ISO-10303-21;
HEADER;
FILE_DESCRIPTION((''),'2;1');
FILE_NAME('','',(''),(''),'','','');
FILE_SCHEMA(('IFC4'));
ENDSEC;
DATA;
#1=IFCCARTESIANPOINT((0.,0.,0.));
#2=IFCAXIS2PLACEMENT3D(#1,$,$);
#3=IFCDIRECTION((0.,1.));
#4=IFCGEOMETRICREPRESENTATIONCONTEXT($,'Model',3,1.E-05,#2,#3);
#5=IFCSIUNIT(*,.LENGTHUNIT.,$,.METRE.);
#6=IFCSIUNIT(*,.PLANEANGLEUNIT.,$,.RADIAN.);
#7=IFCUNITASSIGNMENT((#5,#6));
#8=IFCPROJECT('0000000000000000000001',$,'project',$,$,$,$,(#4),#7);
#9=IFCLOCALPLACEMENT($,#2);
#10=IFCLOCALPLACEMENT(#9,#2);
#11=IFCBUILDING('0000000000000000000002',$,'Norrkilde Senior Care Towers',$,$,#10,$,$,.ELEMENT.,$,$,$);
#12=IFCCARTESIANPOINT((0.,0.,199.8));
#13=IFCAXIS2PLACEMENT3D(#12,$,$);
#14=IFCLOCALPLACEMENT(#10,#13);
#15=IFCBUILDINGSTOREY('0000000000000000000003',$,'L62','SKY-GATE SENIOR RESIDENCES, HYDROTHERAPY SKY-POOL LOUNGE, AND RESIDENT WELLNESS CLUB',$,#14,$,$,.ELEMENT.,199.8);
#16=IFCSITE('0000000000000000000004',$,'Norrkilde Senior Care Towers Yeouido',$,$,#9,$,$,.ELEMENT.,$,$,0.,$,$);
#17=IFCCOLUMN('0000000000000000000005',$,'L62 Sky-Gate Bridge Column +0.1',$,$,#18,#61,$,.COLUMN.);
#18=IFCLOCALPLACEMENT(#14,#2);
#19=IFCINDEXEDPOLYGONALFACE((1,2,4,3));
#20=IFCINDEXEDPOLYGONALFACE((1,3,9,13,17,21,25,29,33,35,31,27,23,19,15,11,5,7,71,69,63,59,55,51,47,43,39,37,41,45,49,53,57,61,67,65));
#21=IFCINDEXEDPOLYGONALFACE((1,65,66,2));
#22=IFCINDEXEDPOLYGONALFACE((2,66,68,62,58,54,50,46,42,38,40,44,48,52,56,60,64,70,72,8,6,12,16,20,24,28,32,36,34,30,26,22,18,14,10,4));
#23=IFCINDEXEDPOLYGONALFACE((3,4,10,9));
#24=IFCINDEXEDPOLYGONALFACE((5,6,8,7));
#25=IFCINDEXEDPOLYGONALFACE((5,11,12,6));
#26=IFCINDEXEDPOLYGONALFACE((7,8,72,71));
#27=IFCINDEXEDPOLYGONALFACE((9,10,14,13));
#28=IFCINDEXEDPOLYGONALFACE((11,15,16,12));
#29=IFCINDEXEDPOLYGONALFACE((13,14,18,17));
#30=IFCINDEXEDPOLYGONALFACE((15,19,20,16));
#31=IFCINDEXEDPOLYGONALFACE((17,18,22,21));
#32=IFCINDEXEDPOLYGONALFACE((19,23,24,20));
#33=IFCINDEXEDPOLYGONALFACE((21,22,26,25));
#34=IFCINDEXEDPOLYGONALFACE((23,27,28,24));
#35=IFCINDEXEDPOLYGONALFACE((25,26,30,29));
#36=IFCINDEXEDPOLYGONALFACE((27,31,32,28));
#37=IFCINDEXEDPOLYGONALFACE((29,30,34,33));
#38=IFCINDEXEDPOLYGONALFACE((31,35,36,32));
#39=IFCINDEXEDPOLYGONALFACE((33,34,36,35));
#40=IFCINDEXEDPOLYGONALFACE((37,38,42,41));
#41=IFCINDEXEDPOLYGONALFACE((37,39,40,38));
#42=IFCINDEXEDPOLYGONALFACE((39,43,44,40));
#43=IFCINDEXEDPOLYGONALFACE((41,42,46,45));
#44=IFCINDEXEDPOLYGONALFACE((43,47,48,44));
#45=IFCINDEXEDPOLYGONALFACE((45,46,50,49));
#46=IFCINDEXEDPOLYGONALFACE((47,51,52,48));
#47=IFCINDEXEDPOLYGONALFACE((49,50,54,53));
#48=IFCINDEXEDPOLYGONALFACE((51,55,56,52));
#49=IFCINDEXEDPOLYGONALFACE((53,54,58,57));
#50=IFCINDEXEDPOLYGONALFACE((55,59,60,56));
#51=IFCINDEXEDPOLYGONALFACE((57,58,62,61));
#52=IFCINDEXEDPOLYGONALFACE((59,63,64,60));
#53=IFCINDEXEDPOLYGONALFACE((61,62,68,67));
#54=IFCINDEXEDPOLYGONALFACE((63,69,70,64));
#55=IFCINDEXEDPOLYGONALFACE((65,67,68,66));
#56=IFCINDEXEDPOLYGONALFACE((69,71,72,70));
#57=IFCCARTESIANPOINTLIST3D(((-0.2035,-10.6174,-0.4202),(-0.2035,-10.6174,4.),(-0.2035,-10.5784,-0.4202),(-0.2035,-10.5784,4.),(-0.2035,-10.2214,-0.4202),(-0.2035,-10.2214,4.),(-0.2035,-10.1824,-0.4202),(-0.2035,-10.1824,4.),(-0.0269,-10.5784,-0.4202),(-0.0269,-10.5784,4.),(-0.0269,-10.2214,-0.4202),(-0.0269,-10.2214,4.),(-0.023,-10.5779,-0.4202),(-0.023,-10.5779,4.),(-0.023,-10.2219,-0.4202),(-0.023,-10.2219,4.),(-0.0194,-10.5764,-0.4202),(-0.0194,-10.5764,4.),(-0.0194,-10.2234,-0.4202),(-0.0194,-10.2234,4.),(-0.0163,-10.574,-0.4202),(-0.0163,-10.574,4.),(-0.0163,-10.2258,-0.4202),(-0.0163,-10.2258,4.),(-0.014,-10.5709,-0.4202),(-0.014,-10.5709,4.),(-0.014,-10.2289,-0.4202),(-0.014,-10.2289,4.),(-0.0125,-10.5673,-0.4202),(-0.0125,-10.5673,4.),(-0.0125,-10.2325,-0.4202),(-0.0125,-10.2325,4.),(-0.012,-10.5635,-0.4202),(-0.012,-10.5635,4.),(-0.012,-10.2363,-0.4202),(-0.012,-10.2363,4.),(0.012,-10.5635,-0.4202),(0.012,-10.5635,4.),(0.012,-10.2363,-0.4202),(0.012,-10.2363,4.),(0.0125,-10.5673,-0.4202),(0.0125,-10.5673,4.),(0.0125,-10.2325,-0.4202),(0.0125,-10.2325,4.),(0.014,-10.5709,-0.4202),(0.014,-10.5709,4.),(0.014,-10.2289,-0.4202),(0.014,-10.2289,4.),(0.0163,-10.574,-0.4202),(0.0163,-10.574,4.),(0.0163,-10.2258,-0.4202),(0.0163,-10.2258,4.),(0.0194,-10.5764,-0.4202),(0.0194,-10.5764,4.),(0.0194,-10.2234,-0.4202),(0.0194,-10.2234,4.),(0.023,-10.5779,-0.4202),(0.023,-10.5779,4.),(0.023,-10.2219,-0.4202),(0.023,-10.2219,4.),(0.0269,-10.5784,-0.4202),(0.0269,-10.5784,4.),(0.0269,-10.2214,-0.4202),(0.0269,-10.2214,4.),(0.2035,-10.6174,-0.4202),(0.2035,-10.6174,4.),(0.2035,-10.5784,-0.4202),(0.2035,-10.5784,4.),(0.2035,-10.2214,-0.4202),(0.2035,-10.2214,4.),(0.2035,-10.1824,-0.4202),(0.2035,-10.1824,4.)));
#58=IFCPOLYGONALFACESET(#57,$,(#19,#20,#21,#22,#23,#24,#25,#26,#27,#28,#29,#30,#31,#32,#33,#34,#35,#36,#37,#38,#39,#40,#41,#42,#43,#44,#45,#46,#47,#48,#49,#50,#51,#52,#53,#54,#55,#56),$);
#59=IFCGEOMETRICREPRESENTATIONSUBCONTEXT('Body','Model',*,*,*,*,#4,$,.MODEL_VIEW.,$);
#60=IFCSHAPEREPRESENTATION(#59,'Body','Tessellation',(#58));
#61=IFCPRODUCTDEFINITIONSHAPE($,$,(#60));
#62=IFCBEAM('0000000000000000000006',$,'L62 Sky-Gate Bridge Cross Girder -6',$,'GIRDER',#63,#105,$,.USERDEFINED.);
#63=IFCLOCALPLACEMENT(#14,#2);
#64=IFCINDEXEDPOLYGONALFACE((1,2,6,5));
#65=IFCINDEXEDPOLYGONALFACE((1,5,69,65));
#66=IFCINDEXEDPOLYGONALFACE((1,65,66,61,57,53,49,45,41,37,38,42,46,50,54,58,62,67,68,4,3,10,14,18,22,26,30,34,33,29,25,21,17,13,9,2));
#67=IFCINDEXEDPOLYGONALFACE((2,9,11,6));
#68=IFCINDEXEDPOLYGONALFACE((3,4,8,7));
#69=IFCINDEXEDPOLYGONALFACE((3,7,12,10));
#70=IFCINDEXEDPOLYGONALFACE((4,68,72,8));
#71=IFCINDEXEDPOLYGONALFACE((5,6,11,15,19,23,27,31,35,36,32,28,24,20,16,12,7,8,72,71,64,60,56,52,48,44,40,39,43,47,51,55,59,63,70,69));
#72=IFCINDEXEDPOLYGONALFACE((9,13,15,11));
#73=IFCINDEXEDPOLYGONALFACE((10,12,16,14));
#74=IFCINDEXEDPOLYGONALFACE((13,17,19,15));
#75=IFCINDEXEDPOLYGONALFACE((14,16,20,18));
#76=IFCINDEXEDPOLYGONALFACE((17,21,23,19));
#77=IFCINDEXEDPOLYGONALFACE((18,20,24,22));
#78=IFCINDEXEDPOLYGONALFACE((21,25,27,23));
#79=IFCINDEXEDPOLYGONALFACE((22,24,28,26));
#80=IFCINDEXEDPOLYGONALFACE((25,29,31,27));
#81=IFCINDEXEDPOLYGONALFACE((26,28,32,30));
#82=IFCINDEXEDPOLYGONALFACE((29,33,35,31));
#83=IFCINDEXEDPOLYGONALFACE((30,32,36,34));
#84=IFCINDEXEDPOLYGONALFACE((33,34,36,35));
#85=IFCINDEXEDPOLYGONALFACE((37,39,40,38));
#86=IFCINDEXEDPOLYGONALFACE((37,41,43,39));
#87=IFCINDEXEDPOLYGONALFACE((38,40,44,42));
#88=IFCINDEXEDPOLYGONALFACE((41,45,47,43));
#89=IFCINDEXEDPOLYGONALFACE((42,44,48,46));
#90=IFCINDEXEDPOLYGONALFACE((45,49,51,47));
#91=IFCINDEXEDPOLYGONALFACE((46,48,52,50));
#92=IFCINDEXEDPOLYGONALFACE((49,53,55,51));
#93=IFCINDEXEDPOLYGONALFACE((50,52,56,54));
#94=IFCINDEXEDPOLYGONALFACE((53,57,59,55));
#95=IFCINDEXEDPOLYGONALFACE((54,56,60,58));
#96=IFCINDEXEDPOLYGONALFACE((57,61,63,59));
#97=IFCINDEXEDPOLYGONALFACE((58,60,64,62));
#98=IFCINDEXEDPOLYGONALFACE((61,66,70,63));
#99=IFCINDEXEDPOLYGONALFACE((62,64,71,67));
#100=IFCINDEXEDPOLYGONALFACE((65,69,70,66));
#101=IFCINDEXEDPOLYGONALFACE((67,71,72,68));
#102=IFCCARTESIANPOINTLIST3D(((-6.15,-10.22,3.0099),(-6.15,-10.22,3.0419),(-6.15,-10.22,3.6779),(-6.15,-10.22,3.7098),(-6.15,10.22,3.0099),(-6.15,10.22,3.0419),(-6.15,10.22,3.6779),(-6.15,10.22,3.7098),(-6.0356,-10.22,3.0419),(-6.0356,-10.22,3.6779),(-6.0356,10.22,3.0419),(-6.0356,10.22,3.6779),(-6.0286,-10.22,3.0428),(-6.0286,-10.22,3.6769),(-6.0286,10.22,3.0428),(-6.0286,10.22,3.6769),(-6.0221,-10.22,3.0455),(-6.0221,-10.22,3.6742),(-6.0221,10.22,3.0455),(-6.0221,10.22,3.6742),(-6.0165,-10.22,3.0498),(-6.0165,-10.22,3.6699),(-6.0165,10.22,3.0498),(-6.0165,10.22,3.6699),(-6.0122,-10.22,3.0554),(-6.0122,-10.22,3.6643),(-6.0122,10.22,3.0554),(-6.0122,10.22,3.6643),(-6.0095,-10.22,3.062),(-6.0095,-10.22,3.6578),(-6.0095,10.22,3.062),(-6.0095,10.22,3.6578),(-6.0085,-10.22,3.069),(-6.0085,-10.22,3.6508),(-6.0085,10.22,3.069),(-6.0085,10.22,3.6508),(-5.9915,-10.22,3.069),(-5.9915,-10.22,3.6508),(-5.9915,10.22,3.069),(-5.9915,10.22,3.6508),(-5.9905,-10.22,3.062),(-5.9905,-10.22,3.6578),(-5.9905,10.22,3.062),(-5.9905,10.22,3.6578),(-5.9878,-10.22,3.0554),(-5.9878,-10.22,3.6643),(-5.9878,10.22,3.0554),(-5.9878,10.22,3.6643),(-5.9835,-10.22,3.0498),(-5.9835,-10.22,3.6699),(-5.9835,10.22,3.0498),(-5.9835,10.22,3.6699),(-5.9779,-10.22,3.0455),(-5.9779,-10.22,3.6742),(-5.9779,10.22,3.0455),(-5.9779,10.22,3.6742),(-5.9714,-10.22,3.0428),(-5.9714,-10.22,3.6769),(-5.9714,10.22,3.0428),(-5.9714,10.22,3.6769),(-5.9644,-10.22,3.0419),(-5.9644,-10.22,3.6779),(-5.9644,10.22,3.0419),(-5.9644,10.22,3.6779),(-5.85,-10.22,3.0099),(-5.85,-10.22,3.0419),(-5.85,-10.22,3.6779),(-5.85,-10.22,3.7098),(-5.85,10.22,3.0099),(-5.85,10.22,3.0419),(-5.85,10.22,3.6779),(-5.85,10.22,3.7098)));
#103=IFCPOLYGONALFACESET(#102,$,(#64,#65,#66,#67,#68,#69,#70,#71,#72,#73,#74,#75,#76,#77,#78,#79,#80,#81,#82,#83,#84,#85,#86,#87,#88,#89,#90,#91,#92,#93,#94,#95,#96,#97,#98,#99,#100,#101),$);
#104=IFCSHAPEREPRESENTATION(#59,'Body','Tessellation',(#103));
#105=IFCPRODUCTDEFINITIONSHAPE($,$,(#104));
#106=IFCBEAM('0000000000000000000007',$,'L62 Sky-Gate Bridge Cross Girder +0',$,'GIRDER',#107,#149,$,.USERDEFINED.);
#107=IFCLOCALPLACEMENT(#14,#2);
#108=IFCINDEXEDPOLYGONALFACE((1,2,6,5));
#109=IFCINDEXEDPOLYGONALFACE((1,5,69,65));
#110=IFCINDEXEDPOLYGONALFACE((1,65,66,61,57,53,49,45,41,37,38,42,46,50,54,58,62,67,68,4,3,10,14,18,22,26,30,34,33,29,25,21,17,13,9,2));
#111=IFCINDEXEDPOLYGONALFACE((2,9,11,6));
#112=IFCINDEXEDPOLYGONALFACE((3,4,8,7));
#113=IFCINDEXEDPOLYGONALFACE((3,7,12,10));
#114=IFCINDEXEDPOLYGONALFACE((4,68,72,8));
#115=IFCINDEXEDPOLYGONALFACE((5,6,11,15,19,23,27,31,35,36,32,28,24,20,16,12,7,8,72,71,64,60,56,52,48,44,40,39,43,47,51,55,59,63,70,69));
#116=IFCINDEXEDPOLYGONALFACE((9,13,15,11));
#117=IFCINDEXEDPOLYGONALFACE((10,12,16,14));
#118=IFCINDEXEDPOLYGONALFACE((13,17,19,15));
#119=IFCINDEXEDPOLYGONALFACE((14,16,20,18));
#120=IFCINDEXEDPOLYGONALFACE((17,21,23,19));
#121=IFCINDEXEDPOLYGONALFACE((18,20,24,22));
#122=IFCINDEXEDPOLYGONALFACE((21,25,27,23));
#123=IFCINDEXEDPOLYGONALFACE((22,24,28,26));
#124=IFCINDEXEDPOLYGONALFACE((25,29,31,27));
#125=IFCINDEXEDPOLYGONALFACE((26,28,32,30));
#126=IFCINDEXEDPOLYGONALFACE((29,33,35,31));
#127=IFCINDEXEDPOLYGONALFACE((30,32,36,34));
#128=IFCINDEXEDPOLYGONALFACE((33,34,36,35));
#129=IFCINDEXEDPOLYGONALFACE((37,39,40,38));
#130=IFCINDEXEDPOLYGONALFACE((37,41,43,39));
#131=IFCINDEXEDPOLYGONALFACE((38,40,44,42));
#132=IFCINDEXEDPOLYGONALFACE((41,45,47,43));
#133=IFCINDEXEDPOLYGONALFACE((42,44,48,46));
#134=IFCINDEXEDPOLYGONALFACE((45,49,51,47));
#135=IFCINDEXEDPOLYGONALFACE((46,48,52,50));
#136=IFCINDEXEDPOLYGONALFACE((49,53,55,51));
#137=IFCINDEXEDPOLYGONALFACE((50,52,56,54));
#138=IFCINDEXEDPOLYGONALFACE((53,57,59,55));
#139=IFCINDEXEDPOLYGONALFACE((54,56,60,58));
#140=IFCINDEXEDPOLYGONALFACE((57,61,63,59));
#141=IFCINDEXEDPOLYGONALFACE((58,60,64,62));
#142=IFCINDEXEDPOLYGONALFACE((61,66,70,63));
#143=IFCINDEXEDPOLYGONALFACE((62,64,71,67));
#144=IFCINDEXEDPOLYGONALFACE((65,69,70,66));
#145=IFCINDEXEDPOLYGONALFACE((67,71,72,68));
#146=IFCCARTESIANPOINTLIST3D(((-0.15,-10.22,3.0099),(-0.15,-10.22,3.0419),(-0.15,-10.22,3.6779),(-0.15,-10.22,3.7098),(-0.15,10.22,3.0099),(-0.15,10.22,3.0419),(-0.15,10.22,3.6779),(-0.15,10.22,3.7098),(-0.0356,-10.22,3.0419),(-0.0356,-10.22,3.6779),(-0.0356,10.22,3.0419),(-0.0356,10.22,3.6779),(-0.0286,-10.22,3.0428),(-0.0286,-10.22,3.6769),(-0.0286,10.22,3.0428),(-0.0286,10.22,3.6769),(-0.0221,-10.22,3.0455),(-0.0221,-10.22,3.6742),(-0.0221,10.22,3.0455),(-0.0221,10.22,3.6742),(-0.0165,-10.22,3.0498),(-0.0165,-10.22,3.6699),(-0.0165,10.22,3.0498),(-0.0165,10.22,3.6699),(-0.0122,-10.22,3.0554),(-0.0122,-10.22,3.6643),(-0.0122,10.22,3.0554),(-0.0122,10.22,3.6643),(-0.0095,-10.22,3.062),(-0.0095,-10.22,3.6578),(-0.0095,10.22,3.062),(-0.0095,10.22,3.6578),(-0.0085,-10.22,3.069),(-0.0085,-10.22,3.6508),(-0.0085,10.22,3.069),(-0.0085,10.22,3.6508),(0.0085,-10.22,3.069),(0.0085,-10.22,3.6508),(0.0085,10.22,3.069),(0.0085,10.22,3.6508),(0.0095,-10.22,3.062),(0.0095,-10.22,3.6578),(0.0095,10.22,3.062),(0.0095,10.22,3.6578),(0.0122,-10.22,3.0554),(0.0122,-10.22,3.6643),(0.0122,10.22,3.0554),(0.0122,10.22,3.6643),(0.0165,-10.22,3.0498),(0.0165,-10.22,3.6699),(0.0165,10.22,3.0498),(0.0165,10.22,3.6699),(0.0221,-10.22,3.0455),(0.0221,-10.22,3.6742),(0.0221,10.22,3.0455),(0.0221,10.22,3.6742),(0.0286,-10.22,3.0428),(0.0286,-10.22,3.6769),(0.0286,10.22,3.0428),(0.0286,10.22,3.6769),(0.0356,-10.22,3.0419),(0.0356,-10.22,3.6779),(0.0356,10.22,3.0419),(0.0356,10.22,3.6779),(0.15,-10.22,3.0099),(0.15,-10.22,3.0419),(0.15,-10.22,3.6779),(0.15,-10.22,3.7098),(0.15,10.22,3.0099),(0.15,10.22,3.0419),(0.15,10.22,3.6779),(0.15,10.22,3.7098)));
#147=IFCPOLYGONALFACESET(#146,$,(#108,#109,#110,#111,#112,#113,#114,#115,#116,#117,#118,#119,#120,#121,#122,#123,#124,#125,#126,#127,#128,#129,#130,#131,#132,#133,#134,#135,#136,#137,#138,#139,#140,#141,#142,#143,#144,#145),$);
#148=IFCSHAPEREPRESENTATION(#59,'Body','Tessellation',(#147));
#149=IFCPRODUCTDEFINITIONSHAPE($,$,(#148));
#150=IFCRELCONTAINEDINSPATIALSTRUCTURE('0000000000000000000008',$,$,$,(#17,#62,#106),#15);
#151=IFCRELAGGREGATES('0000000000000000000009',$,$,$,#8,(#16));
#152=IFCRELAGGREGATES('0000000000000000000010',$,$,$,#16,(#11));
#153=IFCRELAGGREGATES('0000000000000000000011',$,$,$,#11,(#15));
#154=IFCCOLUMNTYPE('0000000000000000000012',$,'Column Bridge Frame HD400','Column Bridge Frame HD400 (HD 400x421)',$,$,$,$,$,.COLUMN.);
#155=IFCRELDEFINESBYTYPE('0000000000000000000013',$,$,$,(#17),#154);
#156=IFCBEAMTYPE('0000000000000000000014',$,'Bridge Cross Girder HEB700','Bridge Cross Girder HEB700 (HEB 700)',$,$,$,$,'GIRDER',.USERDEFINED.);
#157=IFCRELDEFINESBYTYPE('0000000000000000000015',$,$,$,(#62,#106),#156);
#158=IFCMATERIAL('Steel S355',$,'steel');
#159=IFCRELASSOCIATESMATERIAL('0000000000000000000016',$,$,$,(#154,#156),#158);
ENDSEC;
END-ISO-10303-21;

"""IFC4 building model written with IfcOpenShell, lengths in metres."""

from ifc_helpers import new_model, si_unit, direction, frame, origin, origin_2d, place, context, subcontext, project, spatial, i_section, extrude, source, transform, mapped, material, material_profile, profile_set, type_object, type_shapes, element, save


model = new_model("IFC4")

# Units and contexts
model_context = context("Model", 3, precision=1e-05, world=origin(), true_north=direction((0.0, 1.0)))
body_context = subcontext(model_context, "Body", "Model", "MODEL_VIEW")
ifc_project = project(units=[si_unit("LENGTHUNIT", "METRE"), si_unit("PLANEANGLEUNIT", "RADIAN")], contexts=[model_context])

# Site, building, storey
site_placement = place(None, origin())
site = spatial("IfcSite", under=ifc_project, at=site_placement, Name="Norrkilde Senior Care Towers Yeouido", CompositionType="ELEMENT", RefElevation=0.0)
building_placement = place(site_placement, origin())
building = spatial("IfcBuilding", under=site, at=building_placement, Name="Norrkilde Senior Care Towers", CompositionType="ELEMENT")
storey_placement = place(building_placement, frame((0.0, 0.0, 199.8)))
storey = spatial("IfcBuildingStorey", under=building, at=storey_placement, Name="L62", Description="SKY-GATE SENIOR RESIDENCES, HYDROTHERAPY SKY-POOL LOUNGE, AND RESIDENT WELLNESS CLUB", CompositionType="ELEMENT", Elevation=199.8)

# Column
ifc_material_1 = material(Name="Steel S355", Category="steel")
ifc_material_profile_1 = material_profile(ifc_material_1, i_section(OverallWidth=0.407, OverallDepth=0.4351, WebThickness=0.0239, FlangeThickness=0.0391, FilletRadius=0.0149, at=origin_2d()), Name="HD 400x421")
ifc_profile_set_1 = profile_set([ifc_material_profile_1], Name="Steel S355")
column_type = type_object("IfcColumnType", Name="Column Bridge Frame HD400", Description="Column Bridge Frame HD400 (HD 400x421)", PredefinedType="COLUMN", material=ifc_profile_set_1)
shared_shape_1 = source(origin(), body_context, "Body", "SweptSolid", [
    extrude(i_section(OverallWidth=0.407, OverallDepth=0.4351, WebThickness=0.0239, FlangeThickness=0.0391, FilletRadius=0.0149, at=origin_2d()), origin(), (0.0, 0.0, 1.0), 4.4202),
])
type_shapes(column_type, [shared_shape_1])
column_placement = place(storey_placement, frame((0.0, -10.3999, -0.4202), z_axis=(0.0, 0.0, 1.0), x_axis=(1.0, 0.0, 0.0)))
element("IfcColumn", 1, at=column_placement, inside=storey, type_object=column_type, Name="L62 Sky-Gate Bridge Column +0.1", PredefinedType="COLUMN", context=body_context, shape_type="MappedRepresentation", body=[
    mapped(shared_shape_1, transform((0.0, 0.0, 0.0), x_axis=(1.0, 0.0, 0.0), y_axis=(0.0, 1.0, 0.0), z_axis=(0.0, 0.0, 1.0), scale=1.0)),
])

# Beams
ifc_material_profile_2 = material_profile(ifc_material_1, i_section(OverallWidth=0.3, OverallDepth=0.7, WebThickness=0.0171, FlangeThickness=0.032, FilletRadius=0.0271, at=origin_2d()), Name="HEB 700")
ifc_profile_set_2 = profile_set([ifc_material_profile_2], Name="Steel S355")
beam_type_1 = type_object("IfcBeamType", Name="Bridge Cross Girder HEB700", Description="Bridge Cross Girder HEB700 (HEB 700)", ElementType="GIRDER", PredefinedType="USERDEFINED", material=ifc_profile_set_2)
shared_shape_2 = source(origin(), body_context, "Body", "SweptSolid", [
    extrude(i_section(OverallWidth=0.3, OverallDepth=0.7, WebThickness=0.0171, FlangeThickness=0.032, FilletRadius=0.0271, at=origin_2d()), origin(), (0.0, 0.0, 1.0), 20.4399),
])
type_shapes(beam_type_1, [shared_shape_2])
for number, where, z_axis, x_axis, name in (
    (2, (-6.0, -10.22, 3.3599), (0.0, 1.0, 0.0), (-1.0, 0.0, 0.0), "L62 Sky-Gate Bridge Cross Girder -6"),
    (3, (0.0, -10.22, 3.3599), (0.0, 1.0, 0.0), (-1.0, 0.0, 0.0), "L62 Sky-Gate Bridge Cross Girder +0"),
):
    element("IfcBeam", number, at=place(storey_placement, frame(where, z_axis=z_axis, x_axis=x_axis)), inside=storey, type_object=beam_type_1, Name=name, ObjectType="GIRDER", PredefinedType="USERDEFINED", context=body_context, shape_type="MappedRepresentation", body=[
        mapped(shared_shape_2, transform((0.0, 0.0, 0.0), x_axis=(1.0, 0.0, 0.0), y_axis=(0.0, 1.0, 0.0), z_axis=(0.0, 0.0, 1.0), scale=1.0)),
    ])

save(model, "model.ifc")
